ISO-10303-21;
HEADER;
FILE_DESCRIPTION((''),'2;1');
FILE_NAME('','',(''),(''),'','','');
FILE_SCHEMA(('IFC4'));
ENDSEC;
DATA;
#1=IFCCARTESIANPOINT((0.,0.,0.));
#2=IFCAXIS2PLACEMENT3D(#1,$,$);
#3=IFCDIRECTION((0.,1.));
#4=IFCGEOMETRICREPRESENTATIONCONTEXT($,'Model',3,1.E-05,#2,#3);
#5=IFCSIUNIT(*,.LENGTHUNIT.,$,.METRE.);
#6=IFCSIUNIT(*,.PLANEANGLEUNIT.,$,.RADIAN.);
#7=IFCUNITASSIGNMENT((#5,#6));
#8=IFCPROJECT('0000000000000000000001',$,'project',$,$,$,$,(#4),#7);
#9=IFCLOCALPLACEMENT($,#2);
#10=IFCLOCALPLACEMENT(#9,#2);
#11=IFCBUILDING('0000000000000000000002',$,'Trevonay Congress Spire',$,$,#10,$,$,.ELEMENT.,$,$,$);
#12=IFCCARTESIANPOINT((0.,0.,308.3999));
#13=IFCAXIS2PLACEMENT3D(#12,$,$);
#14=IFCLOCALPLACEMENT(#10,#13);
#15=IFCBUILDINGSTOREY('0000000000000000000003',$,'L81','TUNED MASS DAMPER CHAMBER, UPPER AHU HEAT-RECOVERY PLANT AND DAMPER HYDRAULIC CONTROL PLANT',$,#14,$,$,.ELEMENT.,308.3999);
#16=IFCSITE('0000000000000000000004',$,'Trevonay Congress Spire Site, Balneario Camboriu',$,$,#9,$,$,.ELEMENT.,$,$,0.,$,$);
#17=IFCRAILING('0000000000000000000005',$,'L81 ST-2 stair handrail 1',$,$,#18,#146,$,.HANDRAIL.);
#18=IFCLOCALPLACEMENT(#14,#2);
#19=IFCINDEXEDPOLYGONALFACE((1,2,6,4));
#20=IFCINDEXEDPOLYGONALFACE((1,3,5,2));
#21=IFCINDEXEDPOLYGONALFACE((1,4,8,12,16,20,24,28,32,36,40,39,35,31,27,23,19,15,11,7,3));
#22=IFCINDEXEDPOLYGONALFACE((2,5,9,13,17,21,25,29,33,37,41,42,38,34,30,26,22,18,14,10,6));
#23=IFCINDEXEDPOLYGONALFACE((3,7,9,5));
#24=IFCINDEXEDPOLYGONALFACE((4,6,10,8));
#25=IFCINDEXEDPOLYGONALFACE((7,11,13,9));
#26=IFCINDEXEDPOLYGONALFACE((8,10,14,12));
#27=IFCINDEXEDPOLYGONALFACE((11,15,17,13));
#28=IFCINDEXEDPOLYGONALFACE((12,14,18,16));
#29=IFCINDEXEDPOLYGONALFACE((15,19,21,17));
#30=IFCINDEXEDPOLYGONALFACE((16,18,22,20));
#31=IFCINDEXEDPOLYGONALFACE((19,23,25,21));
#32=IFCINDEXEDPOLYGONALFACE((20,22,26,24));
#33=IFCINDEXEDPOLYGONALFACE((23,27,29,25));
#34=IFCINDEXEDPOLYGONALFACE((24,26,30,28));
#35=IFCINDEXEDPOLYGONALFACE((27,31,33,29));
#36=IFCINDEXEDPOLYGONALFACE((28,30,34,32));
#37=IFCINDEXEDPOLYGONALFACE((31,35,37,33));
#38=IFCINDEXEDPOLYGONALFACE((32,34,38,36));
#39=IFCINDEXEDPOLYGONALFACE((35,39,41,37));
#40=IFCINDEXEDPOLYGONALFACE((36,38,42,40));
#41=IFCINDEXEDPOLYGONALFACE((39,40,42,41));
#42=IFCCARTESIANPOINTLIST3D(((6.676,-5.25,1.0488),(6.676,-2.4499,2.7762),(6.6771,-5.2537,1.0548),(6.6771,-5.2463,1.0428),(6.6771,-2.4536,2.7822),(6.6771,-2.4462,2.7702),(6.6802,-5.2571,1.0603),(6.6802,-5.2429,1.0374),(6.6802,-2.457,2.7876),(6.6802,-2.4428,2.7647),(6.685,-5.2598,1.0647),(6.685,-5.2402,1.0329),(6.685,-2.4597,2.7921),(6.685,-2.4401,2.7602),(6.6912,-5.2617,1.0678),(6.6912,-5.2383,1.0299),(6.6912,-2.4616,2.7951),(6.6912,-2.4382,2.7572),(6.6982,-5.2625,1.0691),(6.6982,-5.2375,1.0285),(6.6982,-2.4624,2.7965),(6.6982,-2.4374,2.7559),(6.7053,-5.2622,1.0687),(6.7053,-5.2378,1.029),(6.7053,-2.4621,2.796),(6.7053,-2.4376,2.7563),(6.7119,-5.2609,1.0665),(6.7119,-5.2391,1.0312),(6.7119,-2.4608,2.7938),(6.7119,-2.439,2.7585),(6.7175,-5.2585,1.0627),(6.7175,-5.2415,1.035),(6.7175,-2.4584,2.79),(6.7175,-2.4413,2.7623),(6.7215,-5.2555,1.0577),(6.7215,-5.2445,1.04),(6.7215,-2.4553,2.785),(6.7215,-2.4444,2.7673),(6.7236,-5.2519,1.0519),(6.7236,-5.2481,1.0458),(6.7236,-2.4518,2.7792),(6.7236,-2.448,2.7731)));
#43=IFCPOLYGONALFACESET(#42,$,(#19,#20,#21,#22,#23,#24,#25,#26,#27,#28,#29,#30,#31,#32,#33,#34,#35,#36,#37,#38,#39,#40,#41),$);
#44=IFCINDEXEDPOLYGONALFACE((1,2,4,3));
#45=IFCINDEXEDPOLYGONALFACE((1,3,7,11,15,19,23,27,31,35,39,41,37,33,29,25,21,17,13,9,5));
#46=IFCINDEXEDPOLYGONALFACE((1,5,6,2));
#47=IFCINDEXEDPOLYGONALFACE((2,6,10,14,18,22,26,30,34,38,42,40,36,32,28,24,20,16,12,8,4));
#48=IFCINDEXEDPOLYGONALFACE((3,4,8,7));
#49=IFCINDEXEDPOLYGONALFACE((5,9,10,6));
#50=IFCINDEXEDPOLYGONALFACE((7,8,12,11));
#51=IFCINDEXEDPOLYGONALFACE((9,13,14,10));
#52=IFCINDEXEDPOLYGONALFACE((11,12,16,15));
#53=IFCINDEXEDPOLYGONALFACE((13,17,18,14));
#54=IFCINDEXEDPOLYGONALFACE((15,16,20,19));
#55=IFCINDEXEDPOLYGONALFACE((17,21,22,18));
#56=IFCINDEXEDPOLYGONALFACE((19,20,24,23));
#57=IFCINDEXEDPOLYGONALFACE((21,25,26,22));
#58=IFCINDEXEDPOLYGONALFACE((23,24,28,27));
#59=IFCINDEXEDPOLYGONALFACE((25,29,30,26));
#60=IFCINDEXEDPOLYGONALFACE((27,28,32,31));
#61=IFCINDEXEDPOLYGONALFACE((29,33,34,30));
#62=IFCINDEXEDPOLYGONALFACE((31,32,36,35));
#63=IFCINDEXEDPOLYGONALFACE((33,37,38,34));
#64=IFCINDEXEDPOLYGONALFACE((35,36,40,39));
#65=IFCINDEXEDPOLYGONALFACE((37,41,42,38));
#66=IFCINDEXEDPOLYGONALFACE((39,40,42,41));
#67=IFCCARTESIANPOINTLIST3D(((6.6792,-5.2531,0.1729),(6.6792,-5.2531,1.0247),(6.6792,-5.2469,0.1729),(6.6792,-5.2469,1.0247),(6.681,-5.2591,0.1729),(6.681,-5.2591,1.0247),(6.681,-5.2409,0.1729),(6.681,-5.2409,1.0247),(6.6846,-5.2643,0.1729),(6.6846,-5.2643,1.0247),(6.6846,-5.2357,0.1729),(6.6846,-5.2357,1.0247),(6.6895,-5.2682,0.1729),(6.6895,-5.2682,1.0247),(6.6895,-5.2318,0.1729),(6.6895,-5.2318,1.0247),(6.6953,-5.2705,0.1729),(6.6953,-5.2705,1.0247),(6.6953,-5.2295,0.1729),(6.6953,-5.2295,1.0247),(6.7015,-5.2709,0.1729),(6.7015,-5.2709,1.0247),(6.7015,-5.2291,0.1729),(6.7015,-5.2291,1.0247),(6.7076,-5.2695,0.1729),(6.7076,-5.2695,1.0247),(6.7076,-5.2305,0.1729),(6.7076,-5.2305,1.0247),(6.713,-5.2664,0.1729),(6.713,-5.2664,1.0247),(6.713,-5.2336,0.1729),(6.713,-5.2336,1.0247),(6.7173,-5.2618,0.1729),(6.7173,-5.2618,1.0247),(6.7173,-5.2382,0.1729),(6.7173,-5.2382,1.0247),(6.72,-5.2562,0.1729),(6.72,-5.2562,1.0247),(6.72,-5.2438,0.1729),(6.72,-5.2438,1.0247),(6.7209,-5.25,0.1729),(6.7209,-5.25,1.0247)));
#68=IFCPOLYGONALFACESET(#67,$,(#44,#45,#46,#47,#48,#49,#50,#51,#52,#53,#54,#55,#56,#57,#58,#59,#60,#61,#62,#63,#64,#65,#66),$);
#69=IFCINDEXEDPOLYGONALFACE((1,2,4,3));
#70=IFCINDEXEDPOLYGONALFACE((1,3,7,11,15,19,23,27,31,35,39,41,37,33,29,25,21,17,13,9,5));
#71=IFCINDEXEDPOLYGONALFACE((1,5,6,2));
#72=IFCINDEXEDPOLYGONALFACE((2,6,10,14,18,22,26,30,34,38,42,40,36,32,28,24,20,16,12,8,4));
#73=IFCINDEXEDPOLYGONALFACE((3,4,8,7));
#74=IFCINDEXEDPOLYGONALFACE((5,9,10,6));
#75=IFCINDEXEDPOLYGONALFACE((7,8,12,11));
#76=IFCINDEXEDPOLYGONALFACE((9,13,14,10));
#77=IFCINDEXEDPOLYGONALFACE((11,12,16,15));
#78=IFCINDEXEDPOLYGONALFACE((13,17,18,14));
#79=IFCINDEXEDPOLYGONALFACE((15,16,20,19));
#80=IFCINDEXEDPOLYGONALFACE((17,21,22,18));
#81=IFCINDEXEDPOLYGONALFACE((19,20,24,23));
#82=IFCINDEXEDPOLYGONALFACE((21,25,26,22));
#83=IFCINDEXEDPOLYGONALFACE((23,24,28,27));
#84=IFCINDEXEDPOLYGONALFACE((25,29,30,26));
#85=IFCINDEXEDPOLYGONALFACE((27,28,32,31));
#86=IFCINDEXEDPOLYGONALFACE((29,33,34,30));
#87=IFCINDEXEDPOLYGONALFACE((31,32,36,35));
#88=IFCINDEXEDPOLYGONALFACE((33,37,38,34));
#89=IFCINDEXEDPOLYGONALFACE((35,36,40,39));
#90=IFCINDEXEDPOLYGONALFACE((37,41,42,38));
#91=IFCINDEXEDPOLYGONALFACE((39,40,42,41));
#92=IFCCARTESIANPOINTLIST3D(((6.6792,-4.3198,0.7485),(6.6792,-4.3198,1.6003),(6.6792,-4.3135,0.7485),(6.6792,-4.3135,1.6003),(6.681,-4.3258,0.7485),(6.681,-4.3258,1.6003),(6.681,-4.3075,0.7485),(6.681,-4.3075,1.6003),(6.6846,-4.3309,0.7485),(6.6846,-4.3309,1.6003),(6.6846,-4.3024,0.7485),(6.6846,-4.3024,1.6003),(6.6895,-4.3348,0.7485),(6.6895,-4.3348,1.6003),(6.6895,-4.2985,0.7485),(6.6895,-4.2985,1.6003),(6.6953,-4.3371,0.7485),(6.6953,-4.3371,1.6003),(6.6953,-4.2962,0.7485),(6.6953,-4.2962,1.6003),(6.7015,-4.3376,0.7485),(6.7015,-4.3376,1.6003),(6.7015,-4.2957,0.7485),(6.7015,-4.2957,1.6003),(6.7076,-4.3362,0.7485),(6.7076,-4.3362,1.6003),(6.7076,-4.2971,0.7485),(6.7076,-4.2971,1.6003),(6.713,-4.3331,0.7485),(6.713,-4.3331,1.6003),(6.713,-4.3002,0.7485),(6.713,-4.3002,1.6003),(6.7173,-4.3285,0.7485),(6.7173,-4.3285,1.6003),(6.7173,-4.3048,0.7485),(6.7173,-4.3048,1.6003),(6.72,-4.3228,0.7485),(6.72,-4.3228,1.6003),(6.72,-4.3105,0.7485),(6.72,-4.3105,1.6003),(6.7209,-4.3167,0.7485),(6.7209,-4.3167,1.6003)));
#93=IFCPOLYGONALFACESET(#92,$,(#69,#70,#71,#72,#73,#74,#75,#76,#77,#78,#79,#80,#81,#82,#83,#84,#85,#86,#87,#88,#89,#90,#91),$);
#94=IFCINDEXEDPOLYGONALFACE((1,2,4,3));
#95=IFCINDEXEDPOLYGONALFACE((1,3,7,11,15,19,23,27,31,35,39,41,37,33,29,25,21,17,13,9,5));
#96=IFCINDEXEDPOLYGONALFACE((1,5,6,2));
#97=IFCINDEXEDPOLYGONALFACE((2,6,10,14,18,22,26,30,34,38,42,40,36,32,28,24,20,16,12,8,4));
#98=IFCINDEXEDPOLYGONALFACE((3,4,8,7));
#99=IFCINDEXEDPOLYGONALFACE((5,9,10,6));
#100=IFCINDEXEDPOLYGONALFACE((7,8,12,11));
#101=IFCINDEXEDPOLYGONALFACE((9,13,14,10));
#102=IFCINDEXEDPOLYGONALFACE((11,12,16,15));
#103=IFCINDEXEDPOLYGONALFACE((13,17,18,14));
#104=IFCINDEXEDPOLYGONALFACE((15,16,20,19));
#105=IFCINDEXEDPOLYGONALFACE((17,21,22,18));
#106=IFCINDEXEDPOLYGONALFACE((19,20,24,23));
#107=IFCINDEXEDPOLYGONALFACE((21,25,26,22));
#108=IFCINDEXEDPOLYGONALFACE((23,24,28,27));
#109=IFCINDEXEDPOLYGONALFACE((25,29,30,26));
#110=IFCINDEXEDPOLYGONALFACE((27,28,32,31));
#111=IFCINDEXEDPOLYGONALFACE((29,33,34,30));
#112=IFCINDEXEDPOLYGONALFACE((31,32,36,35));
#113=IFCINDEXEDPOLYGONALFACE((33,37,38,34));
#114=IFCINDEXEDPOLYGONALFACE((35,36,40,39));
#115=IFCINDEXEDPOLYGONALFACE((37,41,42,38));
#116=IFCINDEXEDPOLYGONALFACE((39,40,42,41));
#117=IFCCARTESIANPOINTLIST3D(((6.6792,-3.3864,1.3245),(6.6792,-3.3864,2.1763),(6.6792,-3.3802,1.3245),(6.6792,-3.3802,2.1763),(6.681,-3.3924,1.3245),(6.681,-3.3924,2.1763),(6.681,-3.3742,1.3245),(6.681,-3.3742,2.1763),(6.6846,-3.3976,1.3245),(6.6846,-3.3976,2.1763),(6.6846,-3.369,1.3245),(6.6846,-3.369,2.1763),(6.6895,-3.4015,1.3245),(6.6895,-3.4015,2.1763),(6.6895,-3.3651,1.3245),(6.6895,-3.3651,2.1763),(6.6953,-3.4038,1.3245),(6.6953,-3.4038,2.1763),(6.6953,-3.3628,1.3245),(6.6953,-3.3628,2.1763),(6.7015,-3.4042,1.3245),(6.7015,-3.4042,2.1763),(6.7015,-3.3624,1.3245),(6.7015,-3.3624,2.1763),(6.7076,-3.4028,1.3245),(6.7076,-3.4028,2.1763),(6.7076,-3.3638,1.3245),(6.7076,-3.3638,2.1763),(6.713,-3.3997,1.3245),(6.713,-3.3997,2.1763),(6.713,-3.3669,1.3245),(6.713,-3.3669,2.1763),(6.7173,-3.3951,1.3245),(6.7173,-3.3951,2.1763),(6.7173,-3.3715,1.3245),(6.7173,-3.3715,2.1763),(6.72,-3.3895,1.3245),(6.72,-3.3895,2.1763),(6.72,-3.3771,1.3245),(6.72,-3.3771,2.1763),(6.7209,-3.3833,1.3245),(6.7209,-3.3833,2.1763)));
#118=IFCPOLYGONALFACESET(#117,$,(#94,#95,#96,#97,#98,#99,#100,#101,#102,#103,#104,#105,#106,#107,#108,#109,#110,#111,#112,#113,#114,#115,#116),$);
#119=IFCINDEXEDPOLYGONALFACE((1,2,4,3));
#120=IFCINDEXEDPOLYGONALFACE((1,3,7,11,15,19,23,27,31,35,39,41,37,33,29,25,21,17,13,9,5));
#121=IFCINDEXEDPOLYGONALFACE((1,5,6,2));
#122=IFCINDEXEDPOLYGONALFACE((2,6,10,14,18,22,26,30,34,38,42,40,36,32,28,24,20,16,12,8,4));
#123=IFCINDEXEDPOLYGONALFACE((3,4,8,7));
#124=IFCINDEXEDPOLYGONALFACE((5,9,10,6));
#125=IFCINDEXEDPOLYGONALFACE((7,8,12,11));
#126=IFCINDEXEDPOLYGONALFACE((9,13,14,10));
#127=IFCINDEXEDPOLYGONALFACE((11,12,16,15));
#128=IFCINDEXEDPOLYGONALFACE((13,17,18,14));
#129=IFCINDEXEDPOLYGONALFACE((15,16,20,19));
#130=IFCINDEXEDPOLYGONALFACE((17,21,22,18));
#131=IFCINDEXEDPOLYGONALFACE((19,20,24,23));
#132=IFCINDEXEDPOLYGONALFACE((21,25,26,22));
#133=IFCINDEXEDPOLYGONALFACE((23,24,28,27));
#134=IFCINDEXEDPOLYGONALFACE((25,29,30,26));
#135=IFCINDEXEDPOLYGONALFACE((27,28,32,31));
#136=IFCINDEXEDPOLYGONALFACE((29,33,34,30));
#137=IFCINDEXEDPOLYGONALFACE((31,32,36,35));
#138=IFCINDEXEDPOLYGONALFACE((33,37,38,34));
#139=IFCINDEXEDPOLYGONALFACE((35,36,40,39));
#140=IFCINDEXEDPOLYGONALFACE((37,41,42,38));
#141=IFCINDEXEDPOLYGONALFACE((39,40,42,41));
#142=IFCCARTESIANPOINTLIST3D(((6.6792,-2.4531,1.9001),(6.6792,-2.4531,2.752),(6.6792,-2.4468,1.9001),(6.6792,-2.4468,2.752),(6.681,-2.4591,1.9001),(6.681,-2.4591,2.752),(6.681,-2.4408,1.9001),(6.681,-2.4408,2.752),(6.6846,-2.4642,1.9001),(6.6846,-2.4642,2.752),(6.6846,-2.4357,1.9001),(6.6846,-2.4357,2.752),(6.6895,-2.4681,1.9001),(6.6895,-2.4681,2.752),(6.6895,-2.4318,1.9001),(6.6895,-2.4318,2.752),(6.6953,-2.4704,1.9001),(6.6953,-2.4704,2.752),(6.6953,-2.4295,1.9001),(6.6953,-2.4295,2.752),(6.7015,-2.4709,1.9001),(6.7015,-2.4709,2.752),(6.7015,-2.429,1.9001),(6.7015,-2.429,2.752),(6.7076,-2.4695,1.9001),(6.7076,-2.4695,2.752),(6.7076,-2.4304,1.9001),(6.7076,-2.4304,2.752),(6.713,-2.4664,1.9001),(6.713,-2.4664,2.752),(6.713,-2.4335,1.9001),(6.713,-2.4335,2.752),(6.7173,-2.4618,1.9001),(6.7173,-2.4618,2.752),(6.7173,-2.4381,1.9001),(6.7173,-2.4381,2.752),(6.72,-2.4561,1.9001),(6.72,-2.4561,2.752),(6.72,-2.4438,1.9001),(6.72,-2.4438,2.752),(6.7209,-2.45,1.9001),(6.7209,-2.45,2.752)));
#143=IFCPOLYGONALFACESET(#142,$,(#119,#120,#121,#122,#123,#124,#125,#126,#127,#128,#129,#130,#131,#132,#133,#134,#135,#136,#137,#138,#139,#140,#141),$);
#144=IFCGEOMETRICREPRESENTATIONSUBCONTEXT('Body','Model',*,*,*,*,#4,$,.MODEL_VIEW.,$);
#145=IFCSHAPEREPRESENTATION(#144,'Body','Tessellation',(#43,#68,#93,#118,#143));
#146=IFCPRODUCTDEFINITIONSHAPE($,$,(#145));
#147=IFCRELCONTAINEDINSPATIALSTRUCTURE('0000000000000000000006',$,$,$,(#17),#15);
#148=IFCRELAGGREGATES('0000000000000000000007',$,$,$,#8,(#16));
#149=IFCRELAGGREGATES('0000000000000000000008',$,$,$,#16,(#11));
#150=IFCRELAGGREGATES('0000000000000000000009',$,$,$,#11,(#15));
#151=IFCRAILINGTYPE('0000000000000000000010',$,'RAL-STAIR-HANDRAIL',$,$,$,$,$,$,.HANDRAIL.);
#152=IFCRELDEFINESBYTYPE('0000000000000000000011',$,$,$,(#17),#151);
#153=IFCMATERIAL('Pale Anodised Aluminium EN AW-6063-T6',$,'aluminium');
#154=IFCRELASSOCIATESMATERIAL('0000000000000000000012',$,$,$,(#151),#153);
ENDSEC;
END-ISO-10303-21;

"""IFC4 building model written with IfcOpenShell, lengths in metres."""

from ifc_helpers import new_model, si_unit, direction, frame, origin, origin_2d, place, context, subcontext, project, spatial, circle, extrude, material, type_object, element, save


model = new_model("IFC4")

# Units and contexts
model_context = context("Model", 3, precision=1e-05, world=origin(), true_north=direction((0.0, 1.0)))
body_context = subcontext(model_context, "Body", "Model", "MODEL_VIEW")
ifc_project = project(units=[si_unit("LENGTHUNIT", "METRE"), si_unit("PLANEANGLEUNIT", "RADIAN")], contexts=[model_context])

# Site, building, storey
site_placement = place(None, origin())
site = spatial("IfcSite", under=ifc_project, at=site_placement, Name="Trevonay Congress Spire Site, Balneario Camboriu", CompositionType="ELEMENT", RefElevation=0.0)
building_placement = place(site_placement, origin())
building = spatial("IfcBuilding", under=site, at=building_placement, Name="Trevonay Congress Spire", CompositionType="ELEMENT")
storey_placement = place(building_placement, frame((0.0, 0.0, 308.3999)))
storey = spatial("IfcBuildingStorey", under=building, at=storey_placement, Name="L81", Description="TUNED MASS DAMPER CHAMBER, UPPER AHU HEAT-RECOVERY PLANT AND DAMPER HYDRAULIC CONTROL PLANT", CompositionType="ELEMENT", Elevation=308.3999)

# Shared definitions
ifc_material_1 = material(Name="Pale Anodised Aluminium EN AW-6063-T6", Category="aluminium")

# Railing
railing_type_1 = type_object("IfcRailingType", Name="RAL-STAIR-HANDRAIL", PredefinedType="HANDRAIL", material=ifc_material_1)
railing_1_placement = place(storey_placement, frame((6.7, -5.25, 0.1729)))
element("IfcRailing", 1, at=railing_1_placement, inside=storey, type_object=railing_type_1, Name="L81 ST-2 stair handrail 1", PredefinedType="HANDRAIL", context=body_context, shape_type="SweptSolid", body=[
    extrude(circle(Radius=0.0239, at=origin_2d()), frame((0.0, 0.0, 0.876), z_axis=(0.0, 0.85109, 0.52502), x_axis=(-1.0, 0.0, 0.0)), (0.0, 0.0, 1.0), 3.29),
    extrude(circle(Radius=0.021, at=origin_2d()), origin(), (0.0, 0.0, 1.0), 0.8518),
    extrude(circle(Radius=0.021, at=origin_2d()), frame((0.0, 0.9333, 0.5757)), (0.0, 0.0, 1.0), 0.8518),
    extrude(circle(Radius=0.021, at=origin_2d()), frame((0.0, 1.8667, 1.1516)), (0.0, 0.0, 1.0), 0.8518),
    extrude(circle(Radius=0.021, at=origin_2d()), frame((0.0, 2.8, 1.7273)), (0.0, 0.0, 1.0), 0.8518),
])

save(model, "model.ifc")
